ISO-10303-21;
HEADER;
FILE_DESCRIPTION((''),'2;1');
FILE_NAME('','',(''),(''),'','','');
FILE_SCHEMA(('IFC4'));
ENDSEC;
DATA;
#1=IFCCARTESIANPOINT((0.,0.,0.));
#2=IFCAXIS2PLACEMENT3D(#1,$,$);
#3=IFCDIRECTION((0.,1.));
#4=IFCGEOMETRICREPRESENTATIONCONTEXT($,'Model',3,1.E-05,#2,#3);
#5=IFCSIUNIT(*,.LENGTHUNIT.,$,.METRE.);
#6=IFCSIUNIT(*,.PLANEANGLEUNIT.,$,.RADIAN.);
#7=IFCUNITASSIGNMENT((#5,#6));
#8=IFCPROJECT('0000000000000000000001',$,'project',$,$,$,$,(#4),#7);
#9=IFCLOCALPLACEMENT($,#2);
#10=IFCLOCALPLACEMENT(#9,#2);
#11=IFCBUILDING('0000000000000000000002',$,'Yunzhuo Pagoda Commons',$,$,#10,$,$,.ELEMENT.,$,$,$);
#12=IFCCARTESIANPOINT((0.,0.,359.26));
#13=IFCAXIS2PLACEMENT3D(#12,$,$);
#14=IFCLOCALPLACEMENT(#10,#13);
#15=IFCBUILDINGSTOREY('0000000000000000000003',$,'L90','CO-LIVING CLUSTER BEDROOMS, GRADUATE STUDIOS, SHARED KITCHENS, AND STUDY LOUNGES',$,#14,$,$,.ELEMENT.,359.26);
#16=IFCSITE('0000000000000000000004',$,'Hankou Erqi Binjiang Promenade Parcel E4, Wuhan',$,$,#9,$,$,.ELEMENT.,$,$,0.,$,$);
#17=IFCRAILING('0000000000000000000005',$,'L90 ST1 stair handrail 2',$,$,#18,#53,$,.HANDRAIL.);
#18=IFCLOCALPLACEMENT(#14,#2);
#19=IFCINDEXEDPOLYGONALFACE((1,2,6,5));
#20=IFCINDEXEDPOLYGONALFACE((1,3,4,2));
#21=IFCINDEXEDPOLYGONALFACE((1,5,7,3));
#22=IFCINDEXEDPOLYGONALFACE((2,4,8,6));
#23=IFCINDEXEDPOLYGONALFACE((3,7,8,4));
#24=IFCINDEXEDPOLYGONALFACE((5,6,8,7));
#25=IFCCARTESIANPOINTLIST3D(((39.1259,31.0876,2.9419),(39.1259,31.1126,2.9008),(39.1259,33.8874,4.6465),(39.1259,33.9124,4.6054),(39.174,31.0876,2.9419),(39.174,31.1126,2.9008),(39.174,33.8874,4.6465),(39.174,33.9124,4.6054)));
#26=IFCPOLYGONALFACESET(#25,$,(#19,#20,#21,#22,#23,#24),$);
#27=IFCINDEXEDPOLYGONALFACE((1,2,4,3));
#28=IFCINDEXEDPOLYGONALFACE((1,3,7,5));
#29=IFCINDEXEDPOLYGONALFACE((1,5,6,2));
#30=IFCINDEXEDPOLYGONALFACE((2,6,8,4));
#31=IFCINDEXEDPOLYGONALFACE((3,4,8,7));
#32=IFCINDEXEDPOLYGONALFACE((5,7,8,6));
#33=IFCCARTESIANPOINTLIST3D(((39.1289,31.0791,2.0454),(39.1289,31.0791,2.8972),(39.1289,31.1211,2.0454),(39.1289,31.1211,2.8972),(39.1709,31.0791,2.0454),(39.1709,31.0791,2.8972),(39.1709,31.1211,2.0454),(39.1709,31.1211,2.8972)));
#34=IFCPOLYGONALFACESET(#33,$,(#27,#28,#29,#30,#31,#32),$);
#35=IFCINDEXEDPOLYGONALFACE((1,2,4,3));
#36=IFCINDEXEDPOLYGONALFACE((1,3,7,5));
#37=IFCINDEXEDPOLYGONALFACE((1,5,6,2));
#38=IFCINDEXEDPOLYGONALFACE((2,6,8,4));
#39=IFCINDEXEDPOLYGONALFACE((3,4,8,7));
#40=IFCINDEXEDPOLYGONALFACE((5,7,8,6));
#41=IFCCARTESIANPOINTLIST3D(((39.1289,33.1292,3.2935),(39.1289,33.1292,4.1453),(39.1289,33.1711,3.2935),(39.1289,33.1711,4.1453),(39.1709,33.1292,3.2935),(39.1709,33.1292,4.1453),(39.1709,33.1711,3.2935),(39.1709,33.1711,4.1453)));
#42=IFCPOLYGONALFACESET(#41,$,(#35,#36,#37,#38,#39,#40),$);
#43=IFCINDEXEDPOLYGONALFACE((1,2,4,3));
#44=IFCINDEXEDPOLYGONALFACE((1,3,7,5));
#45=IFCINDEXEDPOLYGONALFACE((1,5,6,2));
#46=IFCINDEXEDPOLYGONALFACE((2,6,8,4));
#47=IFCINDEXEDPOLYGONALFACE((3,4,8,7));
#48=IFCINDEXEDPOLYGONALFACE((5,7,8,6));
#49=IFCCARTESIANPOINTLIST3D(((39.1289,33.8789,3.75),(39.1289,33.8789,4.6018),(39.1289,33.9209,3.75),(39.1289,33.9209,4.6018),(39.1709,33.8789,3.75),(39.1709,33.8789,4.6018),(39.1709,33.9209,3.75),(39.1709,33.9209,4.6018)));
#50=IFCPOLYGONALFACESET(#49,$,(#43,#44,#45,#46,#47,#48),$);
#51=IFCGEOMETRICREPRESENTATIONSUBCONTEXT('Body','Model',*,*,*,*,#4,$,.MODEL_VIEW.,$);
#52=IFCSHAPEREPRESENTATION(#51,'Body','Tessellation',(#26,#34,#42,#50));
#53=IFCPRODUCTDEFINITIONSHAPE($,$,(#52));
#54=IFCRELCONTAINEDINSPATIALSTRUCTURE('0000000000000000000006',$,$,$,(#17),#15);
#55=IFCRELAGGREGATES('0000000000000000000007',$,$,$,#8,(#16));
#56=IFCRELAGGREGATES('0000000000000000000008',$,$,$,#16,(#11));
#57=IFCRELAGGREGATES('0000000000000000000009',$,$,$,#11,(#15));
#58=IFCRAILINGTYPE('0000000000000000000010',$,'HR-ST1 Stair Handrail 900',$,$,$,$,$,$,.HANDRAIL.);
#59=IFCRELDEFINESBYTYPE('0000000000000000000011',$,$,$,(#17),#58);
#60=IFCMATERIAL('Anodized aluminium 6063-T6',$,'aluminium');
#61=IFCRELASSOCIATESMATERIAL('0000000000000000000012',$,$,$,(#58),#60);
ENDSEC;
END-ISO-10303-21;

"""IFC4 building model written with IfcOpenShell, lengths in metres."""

from ifc_helpers import new_model, si_unit, direction, frame, origin, origin_2d, place, context, subcontext, project, spatial, rectangle, extrude, material, type_object, element, save


model = new_model("IFC4")

# Units and contexts
model_context = context("Model", 3, precision=1e-05, world=origin(), true_north=direction((0.0, 1.0)))
body_context = subcontext(model_context, "Body", "Model", "MODEL_VIEW")
ifc_project = project(units=[si_unit("LENGTHUNIT", "METRE"), si_unit("PLANEANGLEUNIT", "RADIAN")], contexts=[model_context])

# Site, building, storey
site_placement = place(None, origin())
site = spatial("IfcSite", under=ifc_project, at=site_placement, Name="Hankou Erqi Binjiang Promenade Parcel E4, Wuhan", CompositionType="ELEMENT", RefElevation=0.0)
building_placement = place(site_placement, origin())
building = spatial("IfcBuilding", under=site, at=building_placement, Name="Yunzhuo Pagoda Commons", CompositionType="ELEMENT")
storey_placement = place(building_placement, frame((0.0, 0.0, 359.26)))
storey = spatial("IfcBuildingStorey", under=building, at=storey_placement, Name="L90", Description="CO-LIVING CLUSTER BEDROOMS, GRADUATE STUDIOS, SHARED KITCHENS, AND STUDY LOUNGES", CompositionType="ELEMENT", Elevation=359.26)

# Railing
ifc_material_1 = material(Name="Anodized aluminium 6063-T6", Category="aluminium")
railing_type_1 = type_object("IfcRailingType", Name="HR-ST1 Stair Handrail 900", PredefinedType="HANDRAIL", material=ifc_material_1)
railing_1_placement = place(storey_placement, frame((39.1499, 31.1001, 2.0454)))
element("IfcRailing", 1, at=railing_1_placement, inside=storey, type_object=railing_type_1, Name="L90 ST1 stair handrail 2", PredefinedType="HANDRAIL", context=body_context, shape_type="SweptSolid", body=[
    extrude(rectangle(XDim=0.0481, YDim=0.0481, at=origin_2d()), frame((0.0, 0.0, 0.876), z_axis=(0.0, 0.85415, 0.520027), x_axis=(-1.0, 0.0, 0.0)), (0.0, 0.0, 1.0), 3.2778),
    extrude(rectangle(XDim=0.042, YDim=0.042, at=origin_2d()), origin(), (0.0, 0.0, 1.0), 0.8518),
    extrude(rectangle(XDim=0.042, YDim=0.042, at=origin_2d()), frame((0.0, 2.05, 1.248)), (0.0, 0.0, 1.0), 0.8518),
    extrude(rectangle(XDim=0.042, YDim=0.042, at=origin_2d()), frame((0.0, 2.7998, 1.7046)), (0.0, 0.0, 1.0), 0.8518),
])

save(model, "model.ifc")
